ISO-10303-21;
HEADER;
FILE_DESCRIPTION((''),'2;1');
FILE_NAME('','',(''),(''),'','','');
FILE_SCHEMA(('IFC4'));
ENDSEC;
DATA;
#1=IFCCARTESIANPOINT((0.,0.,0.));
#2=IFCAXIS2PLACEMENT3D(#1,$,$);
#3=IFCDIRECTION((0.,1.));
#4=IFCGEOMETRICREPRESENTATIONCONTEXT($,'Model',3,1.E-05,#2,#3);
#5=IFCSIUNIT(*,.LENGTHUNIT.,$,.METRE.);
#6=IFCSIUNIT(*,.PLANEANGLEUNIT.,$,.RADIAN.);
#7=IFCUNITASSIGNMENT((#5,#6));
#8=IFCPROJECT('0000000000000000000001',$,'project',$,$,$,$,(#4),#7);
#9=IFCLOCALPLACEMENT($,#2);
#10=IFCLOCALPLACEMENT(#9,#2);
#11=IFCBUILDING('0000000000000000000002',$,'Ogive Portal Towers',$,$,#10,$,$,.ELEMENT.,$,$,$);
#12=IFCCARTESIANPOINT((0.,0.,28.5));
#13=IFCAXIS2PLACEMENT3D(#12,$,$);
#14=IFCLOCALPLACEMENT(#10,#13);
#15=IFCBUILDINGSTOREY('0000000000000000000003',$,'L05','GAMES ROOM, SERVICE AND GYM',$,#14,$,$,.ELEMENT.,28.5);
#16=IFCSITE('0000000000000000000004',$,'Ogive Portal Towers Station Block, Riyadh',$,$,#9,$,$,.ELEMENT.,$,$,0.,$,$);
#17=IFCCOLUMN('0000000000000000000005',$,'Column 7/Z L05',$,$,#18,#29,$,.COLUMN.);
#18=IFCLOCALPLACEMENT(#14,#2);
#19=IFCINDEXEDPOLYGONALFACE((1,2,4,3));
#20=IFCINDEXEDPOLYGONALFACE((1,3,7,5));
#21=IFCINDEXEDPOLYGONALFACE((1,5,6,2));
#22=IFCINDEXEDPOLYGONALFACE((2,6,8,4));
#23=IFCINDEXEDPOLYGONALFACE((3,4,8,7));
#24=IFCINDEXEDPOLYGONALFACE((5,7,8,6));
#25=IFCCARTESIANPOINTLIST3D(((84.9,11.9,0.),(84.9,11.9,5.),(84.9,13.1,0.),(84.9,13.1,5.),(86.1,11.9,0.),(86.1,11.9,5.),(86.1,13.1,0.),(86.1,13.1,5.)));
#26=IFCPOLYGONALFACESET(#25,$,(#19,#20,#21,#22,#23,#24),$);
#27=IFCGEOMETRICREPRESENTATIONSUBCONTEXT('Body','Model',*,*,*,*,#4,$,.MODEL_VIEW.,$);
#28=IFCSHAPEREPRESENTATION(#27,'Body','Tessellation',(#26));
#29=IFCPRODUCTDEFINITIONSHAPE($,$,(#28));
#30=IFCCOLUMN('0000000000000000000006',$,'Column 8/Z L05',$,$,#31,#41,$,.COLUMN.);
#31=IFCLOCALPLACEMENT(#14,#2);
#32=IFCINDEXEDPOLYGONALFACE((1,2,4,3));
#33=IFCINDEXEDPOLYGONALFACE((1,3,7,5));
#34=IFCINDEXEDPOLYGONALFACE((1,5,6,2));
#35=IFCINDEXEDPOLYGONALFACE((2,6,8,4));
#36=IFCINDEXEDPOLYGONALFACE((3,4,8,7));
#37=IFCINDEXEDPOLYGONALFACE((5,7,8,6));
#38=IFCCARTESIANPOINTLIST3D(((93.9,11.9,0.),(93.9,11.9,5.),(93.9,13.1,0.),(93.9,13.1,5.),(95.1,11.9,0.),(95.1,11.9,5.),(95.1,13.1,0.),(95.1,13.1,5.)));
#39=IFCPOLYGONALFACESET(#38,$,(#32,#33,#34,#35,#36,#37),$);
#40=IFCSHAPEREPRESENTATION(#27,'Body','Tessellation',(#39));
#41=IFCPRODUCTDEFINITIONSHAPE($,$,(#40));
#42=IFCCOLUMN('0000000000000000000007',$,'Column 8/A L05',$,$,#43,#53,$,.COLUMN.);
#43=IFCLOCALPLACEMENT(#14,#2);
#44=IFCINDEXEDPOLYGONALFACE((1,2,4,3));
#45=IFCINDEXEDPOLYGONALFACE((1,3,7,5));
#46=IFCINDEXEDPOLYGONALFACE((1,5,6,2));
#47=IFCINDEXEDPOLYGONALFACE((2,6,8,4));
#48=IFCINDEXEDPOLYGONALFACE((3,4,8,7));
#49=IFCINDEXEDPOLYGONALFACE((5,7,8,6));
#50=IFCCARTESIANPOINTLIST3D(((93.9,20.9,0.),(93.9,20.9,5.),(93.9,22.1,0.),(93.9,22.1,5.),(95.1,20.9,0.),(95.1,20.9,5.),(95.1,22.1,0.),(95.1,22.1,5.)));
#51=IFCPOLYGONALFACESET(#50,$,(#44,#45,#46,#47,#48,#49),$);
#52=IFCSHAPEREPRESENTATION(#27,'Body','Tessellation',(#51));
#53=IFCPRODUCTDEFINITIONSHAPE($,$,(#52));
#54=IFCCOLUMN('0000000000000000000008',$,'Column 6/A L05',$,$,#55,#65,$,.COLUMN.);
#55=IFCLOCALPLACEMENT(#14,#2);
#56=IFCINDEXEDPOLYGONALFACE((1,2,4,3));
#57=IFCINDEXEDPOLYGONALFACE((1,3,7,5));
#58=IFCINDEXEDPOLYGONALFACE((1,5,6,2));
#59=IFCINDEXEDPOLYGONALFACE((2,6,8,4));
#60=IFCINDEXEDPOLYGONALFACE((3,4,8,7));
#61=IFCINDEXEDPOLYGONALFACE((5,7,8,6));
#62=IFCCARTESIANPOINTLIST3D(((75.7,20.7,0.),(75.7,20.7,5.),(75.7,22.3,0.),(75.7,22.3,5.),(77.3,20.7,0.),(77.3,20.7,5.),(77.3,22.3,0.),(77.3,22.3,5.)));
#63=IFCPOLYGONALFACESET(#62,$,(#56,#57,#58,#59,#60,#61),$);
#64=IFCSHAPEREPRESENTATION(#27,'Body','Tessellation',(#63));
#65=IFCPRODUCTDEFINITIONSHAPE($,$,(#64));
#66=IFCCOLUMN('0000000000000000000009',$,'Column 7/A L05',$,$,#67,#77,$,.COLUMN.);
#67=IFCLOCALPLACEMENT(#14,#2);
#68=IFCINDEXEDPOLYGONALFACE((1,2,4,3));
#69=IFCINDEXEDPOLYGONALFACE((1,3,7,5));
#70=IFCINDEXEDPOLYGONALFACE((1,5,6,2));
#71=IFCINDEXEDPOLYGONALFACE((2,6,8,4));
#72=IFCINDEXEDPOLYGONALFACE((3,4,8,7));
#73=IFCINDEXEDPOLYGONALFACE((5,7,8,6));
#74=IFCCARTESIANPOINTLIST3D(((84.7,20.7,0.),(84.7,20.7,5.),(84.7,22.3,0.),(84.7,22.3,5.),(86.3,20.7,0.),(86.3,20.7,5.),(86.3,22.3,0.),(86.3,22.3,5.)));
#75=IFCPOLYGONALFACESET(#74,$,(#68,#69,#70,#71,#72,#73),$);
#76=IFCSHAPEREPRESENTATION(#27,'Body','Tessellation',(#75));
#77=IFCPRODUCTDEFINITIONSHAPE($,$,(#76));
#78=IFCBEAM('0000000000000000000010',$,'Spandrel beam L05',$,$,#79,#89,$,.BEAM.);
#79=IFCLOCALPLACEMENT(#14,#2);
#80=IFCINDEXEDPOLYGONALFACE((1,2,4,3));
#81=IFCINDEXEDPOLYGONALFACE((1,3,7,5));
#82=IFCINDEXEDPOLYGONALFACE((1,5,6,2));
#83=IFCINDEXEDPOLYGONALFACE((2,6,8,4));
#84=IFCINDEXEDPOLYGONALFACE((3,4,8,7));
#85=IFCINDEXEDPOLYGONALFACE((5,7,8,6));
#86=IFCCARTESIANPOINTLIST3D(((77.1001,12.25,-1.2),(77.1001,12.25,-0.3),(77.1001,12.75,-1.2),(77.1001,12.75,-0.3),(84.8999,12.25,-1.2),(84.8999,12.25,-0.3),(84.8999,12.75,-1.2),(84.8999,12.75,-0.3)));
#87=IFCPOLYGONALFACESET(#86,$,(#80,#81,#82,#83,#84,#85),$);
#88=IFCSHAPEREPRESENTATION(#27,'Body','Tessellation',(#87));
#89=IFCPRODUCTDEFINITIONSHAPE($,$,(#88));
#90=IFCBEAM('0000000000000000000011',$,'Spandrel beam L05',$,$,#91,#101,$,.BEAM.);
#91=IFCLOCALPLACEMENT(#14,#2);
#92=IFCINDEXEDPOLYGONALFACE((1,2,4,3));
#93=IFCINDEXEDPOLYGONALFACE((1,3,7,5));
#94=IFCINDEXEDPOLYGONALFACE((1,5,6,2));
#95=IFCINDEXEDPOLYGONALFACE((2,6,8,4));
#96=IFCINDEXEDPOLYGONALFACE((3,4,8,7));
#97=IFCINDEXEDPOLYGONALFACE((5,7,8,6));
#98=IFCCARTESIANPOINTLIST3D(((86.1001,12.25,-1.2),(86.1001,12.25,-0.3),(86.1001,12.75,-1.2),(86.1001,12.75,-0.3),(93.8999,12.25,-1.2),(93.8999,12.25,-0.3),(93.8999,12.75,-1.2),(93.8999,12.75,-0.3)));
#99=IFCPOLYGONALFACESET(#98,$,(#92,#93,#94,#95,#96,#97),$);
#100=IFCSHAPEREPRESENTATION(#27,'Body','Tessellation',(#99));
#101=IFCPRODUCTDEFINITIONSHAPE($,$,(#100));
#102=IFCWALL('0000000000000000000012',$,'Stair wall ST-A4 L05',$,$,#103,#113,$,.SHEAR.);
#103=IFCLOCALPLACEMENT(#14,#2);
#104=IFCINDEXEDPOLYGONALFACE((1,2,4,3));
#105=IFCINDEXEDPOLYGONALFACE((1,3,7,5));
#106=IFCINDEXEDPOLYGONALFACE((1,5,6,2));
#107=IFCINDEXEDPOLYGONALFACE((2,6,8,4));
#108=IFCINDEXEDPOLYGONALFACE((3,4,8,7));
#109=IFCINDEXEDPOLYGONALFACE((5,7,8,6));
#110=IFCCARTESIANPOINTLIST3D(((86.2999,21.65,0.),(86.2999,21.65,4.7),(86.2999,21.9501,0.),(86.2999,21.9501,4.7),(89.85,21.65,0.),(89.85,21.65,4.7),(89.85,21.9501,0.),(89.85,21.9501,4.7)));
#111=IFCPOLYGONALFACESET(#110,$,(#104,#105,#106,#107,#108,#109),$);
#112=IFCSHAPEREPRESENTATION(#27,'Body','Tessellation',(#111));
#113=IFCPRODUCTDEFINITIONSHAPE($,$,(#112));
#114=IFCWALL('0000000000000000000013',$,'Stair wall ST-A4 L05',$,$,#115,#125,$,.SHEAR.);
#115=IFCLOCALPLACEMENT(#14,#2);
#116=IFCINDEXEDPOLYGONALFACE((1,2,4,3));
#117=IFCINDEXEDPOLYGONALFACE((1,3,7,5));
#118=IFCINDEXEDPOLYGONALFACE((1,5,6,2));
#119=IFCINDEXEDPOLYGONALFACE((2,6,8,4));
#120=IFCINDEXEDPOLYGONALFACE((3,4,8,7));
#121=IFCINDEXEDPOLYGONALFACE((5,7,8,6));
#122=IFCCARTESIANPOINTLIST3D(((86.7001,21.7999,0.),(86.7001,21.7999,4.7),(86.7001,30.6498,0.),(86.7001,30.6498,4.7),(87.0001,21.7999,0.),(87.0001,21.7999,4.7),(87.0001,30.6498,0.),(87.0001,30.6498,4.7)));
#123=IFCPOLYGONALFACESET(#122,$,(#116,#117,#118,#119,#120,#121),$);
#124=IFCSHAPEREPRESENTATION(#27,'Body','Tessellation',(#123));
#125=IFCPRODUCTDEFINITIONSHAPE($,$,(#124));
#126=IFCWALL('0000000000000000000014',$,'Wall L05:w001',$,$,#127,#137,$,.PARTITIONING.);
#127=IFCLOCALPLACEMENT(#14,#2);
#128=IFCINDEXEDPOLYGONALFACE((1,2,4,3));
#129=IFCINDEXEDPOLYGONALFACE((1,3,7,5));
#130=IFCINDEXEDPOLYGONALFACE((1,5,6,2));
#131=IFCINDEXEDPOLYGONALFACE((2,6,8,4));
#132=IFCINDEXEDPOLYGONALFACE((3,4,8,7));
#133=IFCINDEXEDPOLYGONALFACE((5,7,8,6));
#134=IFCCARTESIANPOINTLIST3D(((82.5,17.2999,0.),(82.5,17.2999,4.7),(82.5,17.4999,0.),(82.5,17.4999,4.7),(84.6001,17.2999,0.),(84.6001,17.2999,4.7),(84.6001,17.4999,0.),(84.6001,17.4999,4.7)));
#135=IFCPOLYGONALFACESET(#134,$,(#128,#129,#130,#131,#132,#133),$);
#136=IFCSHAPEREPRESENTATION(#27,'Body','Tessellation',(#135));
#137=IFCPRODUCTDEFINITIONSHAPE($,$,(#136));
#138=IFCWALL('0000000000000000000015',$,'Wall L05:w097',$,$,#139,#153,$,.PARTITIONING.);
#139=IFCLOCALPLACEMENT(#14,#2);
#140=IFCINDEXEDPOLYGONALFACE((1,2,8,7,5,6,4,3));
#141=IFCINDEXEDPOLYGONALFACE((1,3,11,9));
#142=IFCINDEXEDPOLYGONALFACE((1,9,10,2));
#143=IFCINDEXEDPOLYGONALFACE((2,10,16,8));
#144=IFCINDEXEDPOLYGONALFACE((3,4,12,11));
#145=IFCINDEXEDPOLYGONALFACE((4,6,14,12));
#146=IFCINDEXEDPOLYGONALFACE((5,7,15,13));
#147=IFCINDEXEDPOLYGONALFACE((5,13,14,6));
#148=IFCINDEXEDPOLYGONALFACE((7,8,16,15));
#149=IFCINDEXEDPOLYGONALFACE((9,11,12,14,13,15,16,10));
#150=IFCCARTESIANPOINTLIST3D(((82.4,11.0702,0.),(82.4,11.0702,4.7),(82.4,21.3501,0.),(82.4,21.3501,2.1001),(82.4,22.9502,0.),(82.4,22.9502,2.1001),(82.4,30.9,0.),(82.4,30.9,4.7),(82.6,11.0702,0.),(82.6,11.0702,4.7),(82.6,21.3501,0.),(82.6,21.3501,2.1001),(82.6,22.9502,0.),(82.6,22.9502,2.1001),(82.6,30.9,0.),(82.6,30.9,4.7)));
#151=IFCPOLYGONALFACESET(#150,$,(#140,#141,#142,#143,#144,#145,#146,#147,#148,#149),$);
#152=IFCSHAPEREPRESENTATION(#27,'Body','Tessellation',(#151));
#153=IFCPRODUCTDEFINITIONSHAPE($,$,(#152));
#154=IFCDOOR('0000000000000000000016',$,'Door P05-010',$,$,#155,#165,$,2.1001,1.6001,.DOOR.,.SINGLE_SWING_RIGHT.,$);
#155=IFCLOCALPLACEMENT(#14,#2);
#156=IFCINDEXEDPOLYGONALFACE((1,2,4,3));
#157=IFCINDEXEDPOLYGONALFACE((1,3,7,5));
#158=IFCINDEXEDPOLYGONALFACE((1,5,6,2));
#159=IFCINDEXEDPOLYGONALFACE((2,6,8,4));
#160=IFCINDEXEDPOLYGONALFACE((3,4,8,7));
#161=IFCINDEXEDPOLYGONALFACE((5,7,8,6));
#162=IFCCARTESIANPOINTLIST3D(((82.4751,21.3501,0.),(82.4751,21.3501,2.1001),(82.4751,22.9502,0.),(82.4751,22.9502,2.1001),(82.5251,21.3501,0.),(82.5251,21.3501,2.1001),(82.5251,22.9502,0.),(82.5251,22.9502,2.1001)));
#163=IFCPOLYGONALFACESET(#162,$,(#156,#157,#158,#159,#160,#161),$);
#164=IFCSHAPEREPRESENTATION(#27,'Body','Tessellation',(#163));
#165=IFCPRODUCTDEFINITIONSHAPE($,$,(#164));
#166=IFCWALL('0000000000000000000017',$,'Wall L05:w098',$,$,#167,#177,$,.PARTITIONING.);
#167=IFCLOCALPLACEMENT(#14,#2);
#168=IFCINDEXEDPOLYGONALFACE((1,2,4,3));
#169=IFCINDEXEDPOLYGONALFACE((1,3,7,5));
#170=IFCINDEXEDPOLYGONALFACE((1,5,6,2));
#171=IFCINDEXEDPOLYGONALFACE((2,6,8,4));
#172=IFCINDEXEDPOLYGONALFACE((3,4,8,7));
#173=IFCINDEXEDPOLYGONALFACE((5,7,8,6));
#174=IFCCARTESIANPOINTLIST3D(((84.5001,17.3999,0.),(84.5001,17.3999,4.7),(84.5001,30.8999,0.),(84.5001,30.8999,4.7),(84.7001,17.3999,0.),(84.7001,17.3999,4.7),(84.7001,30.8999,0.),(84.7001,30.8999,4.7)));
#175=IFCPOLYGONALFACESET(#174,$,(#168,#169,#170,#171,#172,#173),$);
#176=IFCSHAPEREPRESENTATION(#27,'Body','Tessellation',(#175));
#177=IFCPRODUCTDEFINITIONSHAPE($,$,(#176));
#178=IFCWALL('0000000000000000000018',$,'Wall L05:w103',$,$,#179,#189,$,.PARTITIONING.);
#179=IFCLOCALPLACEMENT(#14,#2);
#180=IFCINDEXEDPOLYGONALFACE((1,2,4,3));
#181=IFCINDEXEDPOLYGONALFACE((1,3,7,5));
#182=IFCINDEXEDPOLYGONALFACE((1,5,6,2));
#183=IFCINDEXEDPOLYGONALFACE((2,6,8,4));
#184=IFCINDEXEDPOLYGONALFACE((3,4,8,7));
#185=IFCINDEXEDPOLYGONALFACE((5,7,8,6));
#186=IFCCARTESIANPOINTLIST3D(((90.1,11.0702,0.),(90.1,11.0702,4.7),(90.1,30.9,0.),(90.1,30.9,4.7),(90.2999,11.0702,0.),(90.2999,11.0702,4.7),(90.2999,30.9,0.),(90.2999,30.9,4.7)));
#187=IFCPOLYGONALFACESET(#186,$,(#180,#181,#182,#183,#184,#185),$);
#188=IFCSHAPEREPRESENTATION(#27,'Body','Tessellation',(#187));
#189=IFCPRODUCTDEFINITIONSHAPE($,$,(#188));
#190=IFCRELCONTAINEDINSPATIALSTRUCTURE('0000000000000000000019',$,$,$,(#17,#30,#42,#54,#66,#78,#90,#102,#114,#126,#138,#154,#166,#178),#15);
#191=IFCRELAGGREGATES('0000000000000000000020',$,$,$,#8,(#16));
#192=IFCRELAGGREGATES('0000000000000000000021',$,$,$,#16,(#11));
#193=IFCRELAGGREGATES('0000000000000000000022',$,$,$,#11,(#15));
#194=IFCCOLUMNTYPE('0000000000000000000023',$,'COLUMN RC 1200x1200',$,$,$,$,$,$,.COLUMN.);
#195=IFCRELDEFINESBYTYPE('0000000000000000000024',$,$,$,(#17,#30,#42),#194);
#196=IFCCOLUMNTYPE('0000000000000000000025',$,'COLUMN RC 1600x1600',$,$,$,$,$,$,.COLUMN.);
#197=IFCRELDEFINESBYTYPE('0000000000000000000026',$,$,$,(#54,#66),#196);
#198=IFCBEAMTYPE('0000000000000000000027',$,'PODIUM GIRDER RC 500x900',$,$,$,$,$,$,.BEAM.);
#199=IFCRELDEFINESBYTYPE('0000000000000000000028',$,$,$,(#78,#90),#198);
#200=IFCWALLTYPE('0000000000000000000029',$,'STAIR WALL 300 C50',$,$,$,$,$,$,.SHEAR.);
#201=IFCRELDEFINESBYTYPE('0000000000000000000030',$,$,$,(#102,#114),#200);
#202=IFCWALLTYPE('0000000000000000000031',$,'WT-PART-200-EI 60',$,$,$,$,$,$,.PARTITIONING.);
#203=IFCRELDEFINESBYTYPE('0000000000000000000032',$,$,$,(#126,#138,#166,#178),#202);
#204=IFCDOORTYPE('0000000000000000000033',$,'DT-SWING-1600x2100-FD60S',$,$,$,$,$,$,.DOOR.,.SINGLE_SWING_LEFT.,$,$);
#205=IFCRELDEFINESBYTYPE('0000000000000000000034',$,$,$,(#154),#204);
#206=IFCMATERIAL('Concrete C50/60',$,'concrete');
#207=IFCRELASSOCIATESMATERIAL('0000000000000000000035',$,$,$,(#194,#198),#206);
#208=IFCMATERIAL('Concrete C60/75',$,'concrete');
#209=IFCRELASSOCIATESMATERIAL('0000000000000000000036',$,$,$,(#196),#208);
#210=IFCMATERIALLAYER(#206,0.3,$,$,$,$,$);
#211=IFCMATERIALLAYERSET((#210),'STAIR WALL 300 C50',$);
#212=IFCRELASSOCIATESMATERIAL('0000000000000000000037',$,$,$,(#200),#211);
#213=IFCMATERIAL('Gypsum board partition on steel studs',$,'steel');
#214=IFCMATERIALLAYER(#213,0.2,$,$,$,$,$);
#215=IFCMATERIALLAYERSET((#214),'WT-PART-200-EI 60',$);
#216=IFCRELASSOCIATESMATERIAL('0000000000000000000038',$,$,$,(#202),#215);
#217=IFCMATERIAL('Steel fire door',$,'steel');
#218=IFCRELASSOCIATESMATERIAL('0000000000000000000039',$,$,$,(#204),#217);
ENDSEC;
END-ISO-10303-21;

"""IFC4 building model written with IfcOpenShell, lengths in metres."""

from ifc_helpers import new_model, si_unit, direction, frame, frame_2d, origin, origin_2d, place, context, subcontext, project, spatial, rectangle, extrude, material, layer, layer_set, material_profile, profile_set, type_object, element, fill, save


model = new_model("IFC4")

# Units and contexts
model_context = context("Model", 3, precision=1e-05, world=origin(), true_north=direction((0.0, 1.0)))
body_context = subcontext(model_context, "Body", "Model", "MODEL_VIEW")
ifc_project = project(units=[si_unit("LENGTHUNIT", "METRE"), si_unit("PLANEANGLEUNIT", "RADIAN")], contexts=[model_context])

# Site, building, storey
site_placement = place(None, origin())
site = spatial("IfcSite", under=ifc_project, at=site_placement, Name="Ogive Portal Towers Station Block, Riyadh", CompositionType="ELEMENT", RefElevation=0.0)
building_placement = place(site_placement, origin())
building = spatial("IfcBuilding", under=site, at=building_placement, Name="Ogive Portal Towers", CompositionType="ELEMENT")
storey_placement = place(building_placement, frame((0.0, 0.0, 28.5)))
storey = spatial("IfcBuildingStorey", under=building, at=storey_placement, Name="L05", Description="GAMES ROOM, SERVICE AND GYM", CompositionType="ELEMENT", Elevation=28.5)

# Columns
ifc_material_1 = material(Name="Concrete C50/60", Category="concrete")
ifc_material_profile_1 = material_profile(ifc_material_1, rectangle(XDim=1.2, YDim=1.2, at=origin_2d()), Name="RC 1200x1200")
ifc_profile_set_1 = profile_set([ifc_material_profile_1], Name="Concrete C50/60")
column_type_1 = type_object("IfcColumnType", Name="COLUMN RC 1200x1200", PredefinedType="COLUMN", material=ifc_profile_set_1)
for number, where, z_axis, x_axis, name in (
    (1, (85.5, 12.5, 0.0), (0.0, 0.0, 1.0), (1.0, 0.0, 0.0), "Column 7/Z L05"),
    (2, (94.5, 12.5, 0.0), (0.0, 0.0, 1.0), (1.0, 0.0, 0.0), "Column 8/Z L05"),
    (3, (94.5, 21.5, 0.0), (0.0, 0.0, 1.0), (1.0, 0.0, 0.0), "Column 8/A L05"),
):
    element("IfcColumn", number, at=place(storey_placement, frame(where, z_axis=z_axis, x_axis=x_axis)), inside=storey, type_object=column_type_1, Name=name, PredefinedType="COLUMN", context=body_context, shape_type="SweptSolid", body=[
        extrude(rectangle(XDim=1.2, YDim=1.2, at=origin_2d()), origin(), (0.0, 0.0, 1.0), 5.0),
    ])
ifc_material_2 = material(Name="Concrete C60/75", Category="concrete")
ifc_material_profile_2 = material_profile(ifc_material_2, rectangle(XDim=1.6001, YDim=1.6001, at=origin_2d()), Name="RC 1600x1600")
ifc_profile_set_2 = profile_set([ifc_material_profile_2], Name="Concrete C60/75")
column_type_2 = type_object("IfcColumnType", Name="COLUMN RC 1600x1600", PredefinedType="COLUMN", material=ifc_profile_set_2)
for number, where, z_axis, x_axis, name in (
    (4, (76.5, 21.5, 0.0), (0.0, 0.0, 1.0), (1.0, 0.0, 0.0), "Column 6/A L05"),
    (5, (85.5, 21.5, 0.0), (0.0, 0.0, 1.0), (1.0, 0.0, 0.0), "Column 7/A L05"),
):
    element("IfcColumn", number, at=place(storey_placement, frame(where, z_axis=z_axis, x_axis=x_axis)), inside=storey, type_object=column_type_2, Name=name, PredefinedType="COLUMN", context=body_context, shape_type="SweptSolid", body=[
        extrude(rectangle(XDim=1.6001, YDim=1.6001, at=origin_2d()), origin(), (0.0, 0.0, 1.0), 5.0),
    ])

# Beams
ifc_material_profile_3 = material_profile(ifc_material_1, rectangle(XDim=0.5, YDim=0.8999, at=origin_2d()), Name="RC 500x900")
ifc_profile_set_3 = profile_set([ifc_material_profile_3], Name="Concrete C50/60")
beam_type = type_object("IfcBeamType", Name="PODIUM GIRDER RC 500x900", PredefinedType="BEAM", material=ifc_profile_set_3)
for number, where, z_axis, x_axis, name in (
    (6, (77.1001, 12.5, -0.75), (1.0, 0.0, 0.0), (0.0, 1.0, 0.0), "Spandrel beam L05"),
    (7, (86.1001, 12.5, -0.75), (1.0, 0.0, 0.0), (0.0, 1.0, 0.0), "Spandrel beam L05"),
):
    element("IfcBeam", number, at=place(storey_placement, frame(where, z_axis=z_axis, x_axis=x_axis)), inside=storey, type_object=beam_type, Name=name, PredefinedType="BEAM", context=body_context, shape_type="SweptSolid", body=[
        extrude(rectangle(XDim=0.5, YDim=0.8999, at=origin_2d()), origin(), (0.0, 0.0, 1.0), 7.7998),
    ])

# Walls
ifc_layer_1 = layer(ifc_material_1, 0.3)
ifc_layer_set_1 = layer_set([ifc_layer_1], Name="STAIR WALL 300 C50")
wall_type_1 = type_object("IfcWallType", Name="STAIR WALL 300 C50", PredefinedType="SHEAR", material=ifc_layer_set_1)
wall_1_placement = place(storey_placement, frame((86.3, 21.8, 0.0), z_axis=(0.0, 0.0, 1.0), x_axis=(1.0, 0.0, 0.0)))
element("IfcWall", 8, at=wall_1_placement, inside=storey, type_object=wall_type_1, Name="Stair wall ST-A4 L05", PredefinedType="SHEAR", context=body_context, shape_type="SweptSolid", body=[
    extrude(rectangle(XDim=3.55, YDim=0.3, at=frame_2d((1.7749, 0.0))), origin(), (0.0, 0.0, 1.0), 4.7),
])
wall_2_placement = place(storey_placement, frame((86.8501, 21.8, 0.0), z_axis=(0.0, 0.0, 1.0), x_axis=(0.0, 1.0, 0.0)))
element("IfcWall", 9, at=wall_2_placement, inside=storey, type_object=wall_type_1, Name="Stair wall ST-A4 L05", PredefinedType="SHEAR", context=body_context, shape_type="SweptSolid", body=[
    extrude(rectangle(XDim=8.8499, YDim=0.3, at=frame_2d((4.4248, 0.0))), origin(), (0.0, 0.0, 1.0), 4.7),
])
ifc_material_3 = material(Name="Gypsum board partition on steel studs", Category="steel")
ifc_layer_2 = layer(ifc_material_3, 0.2)
ifc_layer_set_2 = layer_set([ifc_layer_2], Name="WT-PART-200-EI 60")
wall_type_2 = type_object("IfcWallType", Name="WT-PART-200-EI 60", PredefinedType="PARTITIONING", material=ifc_layer_set_2)
wall_3_placement = place(storey_placement, frame((82.5, 17.3999, 0.0), z_axis=(0.0, 0.0, 1.0), x_axis=(1.0, 0.0, 0.0)))
element("IfcWall", 10, at=wall_3_placement, inside=storey, type_object=wall_type_2, Name="Wall L05:w001", PredefinedType="PARTITIONING", context=body_context, shape_type="SweptSolid", body=[
    extrude(rectangle(XDim=2.1001, YDim=0.2, at=frame_2d((1.05, 0.0))), origin(), (0.0, 0.0, 1.0), 4.7),
])

# Wall, opening, door
wall_4_placement = place(storey_placement, frame((82.5, 11.0701, 0.0), z_axis=(0.0, 0.0, 1.0), x_axis=(0.0, 1.0, 0.0)))
wall_4 = element("IfcWall", 11, at=wall_4_placement, inside=storey, type_object=wall_type_2, Name="Wall L05:w097", PredefinedType="PARTITIONING", context=body_context, shape_type="SweptSolid", body=[
    extrude(rectangle(XDim=19.8298, YDim=0.2, at=frame_2d((9.915, 0.0))), origin(), (0.0, 0.0, 1.0), 4.7),
])
opening_placement = place(wall_4_placement, frame((10.28, 0.0, 0.0)))
opening = element("IfcOpeningElement", 12, at=opening_placement, cuts=wall_4, PredefinedType="OPENING", context=body_context, shape_type="SweptSolid", body=[
    extrude(rectangle(XDim=1.6001, YDim=2.1001, at=frame_2d((0.8, 1.05))), frame((0.0, 0.1099, 0.0), z_axis=(0.0, -1.0, 0.0), x_axis=(1.0, 0.0, 0.0)), (0.0, 0.0, 1.0), 0.22),
])
ifc_material_4 = material(Name="Steel fire door", Category="steel")
door_type = type_object("IfcDoorType", Name="DT-SWING-1600x2100-FD60S", OperationType="SINGLE_SWING_LEFT", PredefinedType="DOOR", material=ifc_material_4)
door_placement = place(opening_placement, origin())
door = element("IfcDoor", 13, at=door_placement, inside=storey, type_object=door_type, Name="Door P05-010", OperationType="SINGLE_SWING_RIGHT", OverallHeight=2.1001, OverallWidth=1.6001, PredefinedType="DOOR", context=body_context, shape_type="SweptSolid", body=[
    extrude(rectangle(XDim=1.6001, YDim=2.1001, at=frame_2d((0.8, 1.05))), frame((0.0, 0.0249, 0.0), z_axis=(0.0, -1.0, 0.0), x_axis=(1.0, 0.0, 0.0)), (0.0, 0.0, 1.0), 0.05),
])
fill(opening, door)

# Walls
wall_5_placement = place(storey_placement, frame((84.6001, 17.3999, 0.0), z_axis=(0.0, 0.0, 1.0), x_axis=(0.0, 1.0, 0.0)))
element("IfcWall", 14, at=wall_5_placement, inside=storey, type_object=wall_type_2, Name="Wall L05:w098", PredefinedType="PARTITIONING", context=body_context, shape_type="SweptSolid", body=[
    extrude(rectangle(XDim=13.5, YDim=0.2, at=frame_2d((6.75, 0.0))), origin(), (0.0, 0.0, 1.0), 4.7),
])
wall_6_placement = place(storey_placement, frame((90.2, 11.0701, 0.0), z_axis=(0.0, 0.0, 1.0), x_axis=(0.0, 1.0, 0.0)))
element("IfcWall", 15, at=wall_6_placement, inside=storey, type_object=wall_type_2, Name="Wall L05:w103", PredefinedType="PARTITIONING", context=body_context, shape_type="SweptSolid", body=[
    extrude(rectangle(XDim=19.8298, YDim=0.2, at=frame_2d((9.915, 0.0))), origin(), (0.0, 0.0, 1.0), 4.7),
])

save(model, "model.ifc")
